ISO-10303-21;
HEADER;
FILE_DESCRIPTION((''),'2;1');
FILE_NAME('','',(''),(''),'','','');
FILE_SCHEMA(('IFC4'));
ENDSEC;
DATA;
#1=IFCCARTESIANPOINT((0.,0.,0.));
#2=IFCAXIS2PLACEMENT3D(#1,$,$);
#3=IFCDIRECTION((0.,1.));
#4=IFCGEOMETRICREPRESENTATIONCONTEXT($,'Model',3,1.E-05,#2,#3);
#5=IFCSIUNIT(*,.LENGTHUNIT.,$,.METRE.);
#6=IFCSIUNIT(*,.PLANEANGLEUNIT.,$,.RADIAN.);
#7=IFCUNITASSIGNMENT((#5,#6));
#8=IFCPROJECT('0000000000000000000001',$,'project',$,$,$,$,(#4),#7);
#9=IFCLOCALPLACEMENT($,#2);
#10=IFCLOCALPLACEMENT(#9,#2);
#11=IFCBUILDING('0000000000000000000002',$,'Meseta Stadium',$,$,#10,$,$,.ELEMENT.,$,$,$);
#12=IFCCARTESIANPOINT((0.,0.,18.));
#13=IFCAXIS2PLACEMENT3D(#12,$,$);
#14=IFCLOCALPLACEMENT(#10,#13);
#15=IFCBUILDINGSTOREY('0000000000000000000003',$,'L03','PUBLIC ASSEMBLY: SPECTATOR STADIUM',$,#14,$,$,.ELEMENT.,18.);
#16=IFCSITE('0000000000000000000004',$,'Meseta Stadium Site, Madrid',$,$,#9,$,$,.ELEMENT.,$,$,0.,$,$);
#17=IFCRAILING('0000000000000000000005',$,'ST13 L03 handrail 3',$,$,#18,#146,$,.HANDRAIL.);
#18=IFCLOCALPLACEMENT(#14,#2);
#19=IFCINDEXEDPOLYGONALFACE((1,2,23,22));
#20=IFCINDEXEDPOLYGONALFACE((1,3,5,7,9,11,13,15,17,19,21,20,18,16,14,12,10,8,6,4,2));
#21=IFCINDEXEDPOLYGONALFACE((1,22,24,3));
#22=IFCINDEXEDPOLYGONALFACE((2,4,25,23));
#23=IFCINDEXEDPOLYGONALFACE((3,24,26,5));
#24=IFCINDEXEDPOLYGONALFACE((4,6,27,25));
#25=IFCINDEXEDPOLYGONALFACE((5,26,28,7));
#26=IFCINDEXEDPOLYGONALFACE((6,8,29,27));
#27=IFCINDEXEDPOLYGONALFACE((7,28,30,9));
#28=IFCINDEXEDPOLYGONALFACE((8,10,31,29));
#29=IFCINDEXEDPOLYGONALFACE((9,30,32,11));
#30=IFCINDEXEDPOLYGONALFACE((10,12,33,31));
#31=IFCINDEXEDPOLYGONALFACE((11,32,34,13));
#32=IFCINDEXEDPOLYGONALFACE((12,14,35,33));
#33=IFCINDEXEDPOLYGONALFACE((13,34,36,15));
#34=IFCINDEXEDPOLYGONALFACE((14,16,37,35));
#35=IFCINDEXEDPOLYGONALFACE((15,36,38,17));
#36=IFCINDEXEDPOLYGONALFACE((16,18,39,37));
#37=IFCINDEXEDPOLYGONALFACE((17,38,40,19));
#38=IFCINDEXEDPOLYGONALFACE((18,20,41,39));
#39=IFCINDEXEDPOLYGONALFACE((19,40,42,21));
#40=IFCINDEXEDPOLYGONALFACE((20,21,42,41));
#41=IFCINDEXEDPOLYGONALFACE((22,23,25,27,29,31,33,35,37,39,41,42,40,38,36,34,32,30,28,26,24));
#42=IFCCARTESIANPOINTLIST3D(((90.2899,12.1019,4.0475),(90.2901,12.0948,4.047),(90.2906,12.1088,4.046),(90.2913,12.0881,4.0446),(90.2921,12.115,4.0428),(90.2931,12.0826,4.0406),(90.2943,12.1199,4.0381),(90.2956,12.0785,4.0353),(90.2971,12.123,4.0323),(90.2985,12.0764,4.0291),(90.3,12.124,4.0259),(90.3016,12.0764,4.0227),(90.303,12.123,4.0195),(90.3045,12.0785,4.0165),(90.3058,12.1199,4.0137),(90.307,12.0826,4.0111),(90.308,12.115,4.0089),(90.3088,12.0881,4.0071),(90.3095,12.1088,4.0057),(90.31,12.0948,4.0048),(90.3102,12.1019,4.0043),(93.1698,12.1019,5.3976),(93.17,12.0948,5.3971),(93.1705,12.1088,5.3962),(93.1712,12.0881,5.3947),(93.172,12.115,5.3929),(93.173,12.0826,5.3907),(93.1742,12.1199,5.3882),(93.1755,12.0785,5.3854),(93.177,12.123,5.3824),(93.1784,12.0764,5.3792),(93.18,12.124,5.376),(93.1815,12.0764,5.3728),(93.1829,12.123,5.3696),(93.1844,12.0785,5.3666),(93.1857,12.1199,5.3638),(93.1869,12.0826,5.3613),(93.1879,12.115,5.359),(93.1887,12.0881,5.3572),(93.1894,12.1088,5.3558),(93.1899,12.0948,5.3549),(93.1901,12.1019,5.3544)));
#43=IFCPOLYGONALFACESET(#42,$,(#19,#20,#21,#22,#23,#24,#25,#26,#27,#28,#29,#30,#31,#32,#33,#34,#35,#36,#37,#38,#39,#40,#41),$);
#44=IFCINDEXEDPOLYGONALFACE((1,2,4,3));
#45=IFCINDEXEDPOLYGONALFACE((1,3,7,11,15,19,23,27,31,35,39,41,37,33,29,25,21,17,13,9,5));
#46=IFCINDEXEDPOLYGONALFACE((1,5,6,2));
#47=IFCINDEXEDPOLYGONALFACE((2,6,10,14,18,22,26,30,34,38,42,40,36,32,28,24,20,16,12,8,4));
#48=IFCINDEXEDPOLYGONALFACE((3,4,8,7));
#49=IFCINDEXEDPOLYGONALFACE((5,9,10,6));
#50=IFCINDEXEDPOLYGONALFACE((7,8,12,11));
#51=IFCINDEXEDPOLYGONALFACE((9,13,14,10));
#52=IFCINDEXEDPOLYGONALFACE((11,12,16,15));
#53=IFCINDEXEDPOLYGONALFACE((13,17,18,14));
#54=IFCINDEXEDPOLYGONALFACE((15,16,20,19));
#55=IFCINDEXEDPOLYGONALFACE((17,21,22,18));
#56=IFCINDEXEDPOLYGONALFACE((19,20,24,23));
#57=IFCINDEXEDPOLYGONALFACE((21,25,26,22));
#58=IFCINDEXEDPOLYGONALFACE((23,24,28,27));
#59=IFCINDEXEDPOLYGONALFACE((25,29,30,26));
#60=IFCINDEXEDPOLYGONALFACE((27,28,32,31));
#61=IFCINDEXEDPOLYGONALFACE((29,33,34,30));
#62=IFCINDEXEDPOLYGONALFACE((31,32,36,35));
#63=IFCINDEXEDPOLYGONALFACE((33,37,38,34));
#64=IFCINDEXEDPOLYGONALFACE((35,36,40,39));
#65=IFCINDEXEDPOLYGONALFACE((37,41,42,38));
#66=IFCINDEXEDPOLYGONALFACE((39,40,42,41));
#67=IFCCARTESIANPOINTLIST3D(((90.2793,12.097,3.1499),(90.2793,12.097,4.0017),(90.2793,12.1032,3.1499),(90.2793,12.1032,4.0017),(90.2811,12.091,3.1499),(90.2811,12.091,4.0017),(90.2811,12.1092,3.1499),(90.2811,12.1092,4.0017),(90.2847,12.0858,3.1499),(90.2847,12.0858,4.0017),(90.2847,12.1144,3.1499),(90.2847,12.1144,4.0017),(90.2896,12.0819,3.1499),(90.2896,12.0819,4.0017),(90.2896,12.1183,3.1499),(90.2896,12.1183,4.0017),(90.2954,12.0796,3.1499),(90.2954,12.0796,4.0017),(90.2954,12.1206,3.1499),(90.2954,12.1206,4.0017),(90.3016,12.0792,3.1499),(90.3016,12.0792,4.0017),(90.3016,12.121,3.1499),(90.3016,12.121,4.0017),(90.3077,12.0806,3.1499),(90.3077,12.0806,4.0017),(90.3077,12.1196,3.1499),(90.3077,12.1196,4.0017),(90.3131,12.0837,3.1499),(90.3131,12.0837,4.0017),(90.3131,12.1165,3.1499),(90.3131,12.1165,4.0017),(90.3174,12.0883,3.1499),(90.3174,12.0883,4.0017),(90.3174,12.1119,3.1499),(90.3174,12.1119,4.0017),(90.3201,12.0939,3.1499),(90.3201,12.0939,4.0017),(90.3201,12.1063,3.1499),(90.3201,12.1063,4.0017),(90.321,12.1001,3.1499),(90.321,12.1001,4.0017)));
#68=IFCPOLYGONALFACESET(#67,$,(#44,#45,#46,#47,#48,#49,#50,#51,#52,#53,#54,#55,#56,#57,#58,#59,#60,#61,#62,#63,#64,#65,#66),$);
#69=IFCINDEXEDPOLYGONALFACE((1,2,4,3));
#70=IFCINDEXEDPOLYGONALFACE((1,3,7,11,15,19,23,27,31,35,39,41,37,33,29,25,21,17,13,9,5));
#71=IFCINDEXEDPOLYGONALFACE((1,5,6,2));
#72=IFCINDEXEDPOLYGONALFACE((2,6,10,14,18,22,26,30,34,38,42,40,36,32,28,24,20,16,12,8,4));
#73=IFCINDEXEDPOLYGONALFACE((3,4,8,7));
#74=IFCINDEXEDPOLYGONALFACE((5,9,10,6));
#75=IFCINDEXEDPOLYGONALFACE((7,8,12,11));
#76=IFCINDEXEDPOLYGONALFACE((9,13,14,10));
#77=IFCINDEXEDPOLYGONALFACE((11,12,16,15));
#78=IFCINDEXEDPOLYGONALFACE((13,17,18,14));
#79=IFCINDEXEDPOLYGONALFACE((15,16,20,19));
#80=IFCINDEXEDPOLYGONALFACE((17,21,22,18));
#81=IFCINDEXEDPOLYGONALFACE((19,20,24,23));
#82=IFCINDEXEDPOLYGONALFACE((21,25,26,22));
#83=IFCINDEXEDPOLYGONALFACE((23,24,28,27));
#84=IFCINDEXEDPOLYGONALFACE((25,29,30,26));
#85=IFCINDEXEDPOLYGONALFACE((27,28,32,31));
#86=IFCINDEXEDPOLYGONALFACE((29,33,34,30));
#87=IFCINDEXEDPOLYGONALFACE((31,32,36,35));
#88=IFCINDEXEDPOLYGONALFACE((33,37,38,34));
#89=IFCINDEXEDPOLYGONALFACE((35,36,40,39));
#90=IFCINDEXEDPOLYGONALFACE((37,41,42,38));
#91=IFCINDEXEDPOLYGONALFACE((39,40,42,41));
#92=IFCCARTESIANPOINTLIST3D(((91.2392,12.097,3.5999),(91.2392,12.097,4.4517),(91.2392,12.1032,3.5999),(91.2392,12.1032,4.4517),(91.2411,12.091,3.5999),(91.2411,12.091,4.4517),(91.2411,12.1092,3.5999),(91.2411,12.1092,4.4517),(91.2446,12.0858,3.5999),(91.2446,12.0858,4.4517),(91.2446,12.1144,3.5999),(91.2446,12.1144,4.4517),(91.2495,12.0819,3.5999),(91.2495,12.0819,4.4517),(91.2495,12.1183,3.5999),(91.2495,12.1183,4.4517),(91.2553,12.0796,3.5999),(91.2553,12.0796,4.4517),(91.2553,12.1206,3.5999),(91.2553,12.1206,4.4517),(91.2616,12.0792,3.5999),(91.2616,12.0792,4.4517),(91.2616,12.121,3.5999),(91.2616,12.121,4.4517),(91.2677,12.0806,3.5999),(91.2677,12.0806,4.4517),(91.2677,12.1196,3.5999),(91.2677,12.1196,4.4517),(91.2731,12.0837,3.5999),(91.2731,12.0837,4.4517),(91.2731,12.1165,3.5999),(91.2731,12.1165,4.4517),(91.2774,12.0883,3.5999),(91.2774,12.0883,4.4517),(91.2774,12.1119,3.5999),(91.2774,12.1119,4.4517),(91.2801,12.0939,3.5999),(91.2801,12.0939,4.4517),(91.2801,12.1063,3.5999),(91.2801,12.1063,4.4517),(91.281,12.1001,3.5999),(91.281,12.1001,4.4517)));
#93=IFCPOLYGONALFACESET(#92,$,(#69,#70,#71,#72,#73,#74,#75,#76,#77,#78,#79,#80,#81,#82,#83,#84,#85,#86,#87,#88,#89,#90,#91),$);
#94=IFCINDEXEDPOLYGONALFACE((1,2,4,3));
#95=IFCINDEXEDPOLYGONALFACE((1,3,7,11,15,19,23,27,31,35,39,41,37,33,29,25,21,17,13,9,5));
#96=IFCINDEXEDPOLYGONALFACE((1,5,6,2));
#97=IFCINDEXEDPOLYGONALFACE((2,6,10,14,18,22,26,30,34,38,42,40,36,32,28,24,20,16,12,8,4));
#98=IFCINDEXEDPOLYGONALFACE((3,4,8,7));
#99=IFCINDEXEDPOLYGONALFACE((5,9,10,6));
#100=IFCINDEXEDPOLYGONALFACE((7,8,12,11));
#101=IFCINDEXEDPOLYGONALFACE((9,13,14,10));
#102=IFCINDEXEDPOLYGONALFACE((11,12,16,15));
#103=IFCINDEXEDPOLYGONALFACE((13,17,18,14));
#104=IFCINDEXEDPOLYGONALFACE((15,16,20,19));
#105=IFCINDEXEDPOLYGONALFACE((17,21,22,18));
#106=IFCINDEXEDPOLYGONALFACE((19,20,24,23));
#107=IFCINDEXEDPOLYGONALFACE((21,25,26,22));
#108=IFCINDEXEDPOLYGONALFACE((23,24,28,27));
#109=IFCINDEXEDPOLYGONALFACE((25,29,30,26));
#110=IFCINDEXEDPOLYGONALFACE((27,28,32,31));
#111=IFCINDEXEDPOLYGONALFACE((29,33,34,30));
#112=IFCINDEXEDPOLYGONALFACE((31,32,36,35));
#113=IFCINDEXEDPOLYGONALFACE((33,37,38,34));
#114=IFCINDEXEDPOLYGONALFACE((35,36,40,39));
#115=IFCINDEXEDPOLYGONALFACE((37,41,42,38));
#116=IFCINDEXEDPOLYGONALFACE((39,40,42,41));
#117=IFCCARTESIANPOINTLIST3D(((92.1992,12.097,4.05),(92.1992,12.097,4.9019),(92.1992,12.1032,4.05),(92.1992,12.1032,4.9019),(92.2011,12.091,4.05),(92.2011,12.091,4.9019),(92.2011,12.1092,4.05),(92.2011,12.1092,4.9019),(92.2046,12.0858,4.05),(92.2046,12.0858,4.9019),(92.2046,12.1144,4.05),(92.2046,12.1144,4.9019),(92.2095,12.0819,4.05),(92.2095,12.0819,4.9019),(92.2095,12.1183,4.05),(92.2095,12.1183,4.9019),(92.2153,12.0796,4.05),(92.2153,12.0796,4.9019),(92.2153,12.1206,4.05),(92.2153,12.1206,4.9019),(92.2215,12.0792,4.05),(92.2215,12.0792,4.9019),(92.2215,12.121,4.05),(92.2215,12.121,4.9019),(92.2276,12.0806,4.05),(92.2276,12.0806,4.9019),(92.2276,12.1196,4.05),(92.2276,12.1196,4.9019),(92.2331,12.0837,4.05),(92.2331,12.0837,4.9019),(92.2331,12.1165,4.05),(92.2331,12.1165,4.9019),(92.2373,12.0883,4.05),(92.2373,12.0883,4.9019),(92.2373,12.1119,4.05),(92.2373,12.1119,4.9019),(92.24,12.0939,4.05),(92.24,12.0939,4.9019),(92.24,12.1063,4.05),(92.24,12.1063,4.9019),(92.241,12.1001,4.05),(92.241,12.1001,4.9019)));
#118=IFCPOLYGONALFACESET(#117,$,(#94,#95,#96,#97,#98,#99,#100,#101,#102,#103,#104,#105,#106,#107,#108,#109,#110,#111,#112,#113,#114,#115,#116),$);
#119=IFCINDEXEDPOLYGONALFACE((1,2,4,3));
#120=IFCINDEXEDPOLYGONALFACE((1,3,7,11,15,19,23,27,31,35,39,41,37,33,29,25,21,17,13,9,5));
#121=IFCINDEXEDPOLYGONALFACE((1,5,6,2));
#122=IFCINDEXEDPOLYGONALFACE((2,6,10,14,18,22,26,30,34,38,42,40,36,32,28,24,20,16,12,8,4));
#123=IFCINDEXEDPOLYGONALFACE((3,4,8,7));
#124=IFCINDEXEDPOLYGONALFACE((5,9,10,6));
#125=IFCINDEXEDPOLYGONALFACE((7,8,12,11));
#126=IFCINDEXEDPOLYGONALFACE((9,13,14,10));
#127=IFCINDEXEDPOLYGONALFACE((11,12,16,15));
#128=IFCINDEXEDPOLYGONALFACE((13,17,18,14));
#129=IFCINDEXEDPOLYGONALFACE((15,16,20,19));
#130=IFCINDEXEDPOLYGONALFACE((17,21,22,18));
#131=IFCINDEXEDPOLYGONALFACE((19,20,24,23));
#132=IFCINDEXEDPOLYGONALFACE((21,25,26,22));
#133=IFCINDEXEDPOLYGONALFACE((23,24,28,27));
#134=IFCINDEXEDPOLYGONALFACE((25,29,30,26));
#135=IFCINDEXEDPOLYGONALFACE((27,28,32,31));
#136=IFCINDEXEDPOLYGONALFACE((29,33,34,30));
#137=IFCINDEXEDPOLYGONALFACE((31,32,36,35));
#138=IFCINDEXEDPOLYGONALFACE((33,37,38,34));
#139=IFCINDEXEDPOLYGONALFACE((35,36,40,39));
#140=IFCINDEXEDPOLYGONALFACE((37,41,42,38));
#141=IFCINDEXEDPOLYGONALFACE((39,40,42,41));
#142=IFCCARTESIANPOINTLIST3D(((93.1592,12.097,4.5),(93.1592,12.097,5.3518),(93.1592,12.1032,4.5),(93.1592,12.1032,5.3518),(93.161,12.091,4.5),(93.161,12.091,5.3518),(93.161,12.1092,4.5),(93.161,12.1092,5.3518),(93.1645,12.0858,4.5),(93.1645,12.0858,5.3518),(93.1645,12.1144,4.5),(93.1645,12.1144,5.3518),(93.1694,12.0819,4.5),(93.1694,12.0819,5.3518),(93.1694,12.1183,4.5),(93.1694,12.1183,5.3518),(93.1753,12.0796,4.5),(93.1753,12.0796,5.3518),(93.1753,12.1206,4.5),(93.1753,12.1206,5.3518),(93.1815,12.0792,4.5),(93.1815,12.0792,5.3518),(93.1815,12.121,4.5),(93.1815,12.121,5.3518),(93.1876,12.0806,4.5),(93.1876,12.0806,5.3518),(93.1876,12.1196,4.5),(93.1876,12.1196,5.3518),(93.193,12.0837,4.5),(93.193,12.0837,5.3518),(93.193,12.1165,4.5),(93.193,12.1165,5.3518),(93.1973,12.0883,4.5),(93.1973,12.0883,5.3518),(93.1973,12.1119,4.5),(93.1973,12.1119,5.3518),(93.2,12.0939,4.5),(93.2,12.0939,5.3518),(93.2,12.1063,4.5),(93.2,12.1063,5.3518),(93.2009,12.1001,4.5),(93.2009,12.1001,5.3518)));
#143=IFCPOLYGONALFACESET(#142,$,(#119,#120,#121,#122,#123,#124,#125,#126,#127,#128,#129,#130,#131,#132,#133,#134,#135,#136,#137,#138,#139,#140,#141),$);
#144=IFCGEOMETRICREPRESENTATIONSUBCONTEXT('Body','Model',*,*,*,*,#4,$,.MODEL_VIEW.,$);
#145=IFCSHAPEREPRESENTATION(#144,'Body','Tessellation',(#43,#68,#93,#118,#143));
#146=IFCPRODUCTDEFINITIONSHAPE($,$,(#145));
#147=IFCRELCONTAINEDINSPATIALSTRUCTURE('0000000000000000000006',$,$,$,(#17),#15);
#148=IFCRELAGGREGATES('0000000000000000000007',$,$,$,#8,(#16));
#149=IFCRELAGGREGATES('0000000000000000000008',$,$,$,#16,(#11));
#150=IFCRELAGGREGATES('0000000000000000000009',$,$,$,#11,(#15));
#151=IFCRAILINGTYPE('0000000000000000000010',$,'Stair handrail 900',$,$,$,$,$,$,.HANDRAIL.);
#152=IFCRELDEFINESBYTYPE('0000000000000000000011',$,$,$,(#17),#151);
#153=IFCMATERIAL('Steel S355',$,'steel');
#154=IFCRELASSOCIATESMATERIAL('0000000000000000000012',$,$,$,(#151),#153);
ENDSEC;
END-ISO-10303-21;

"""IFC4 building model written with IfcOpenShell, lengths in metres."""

from ifc_helpers import new_model, si_unit, direction, frame, origin, origin_2d, place, context, subcontext, project, spatial, circle, extrude, material, type_object, element, save


model = new_model("IFC4")

# Units and contexts
model_context = context("Model", 3, precision=1e-05, world=origin(), true_north=direction((0.0, 1.0)))
body_context = subcontext(model_context, "Body", "Model", "MODEL_VIEW")
ifc_project = project(units=[si_unit("LENGTHUNIT", "METRE"), si_unit("PLANEANGLEUNIT", "RADIAN")], contexts=[model_context])

# Site, building, storey
site_placement = place(None, origin())
site = spatial("IfcSite", under=ifc_project, at=site_placement, Name="Meseta Stadium Site, Madrid", CompositionType="ELEMENT", RefElevation=0.0)
building_placement = place(site_placement, origin())
building = spatial("IfcBuilding", under=site, at=building_placement, Name="Meseta Stadium", CompositionType="ELEMENT")
storey_placement = place(building_placement, frame((0.0, 0.0, 18.0)))
storey = spatial("IfcBuildingStorey", under=building, at=storey_placement, Name="L03", Description="PUBLIC ASSEMBLY: SPECTATOR STADIUM", CompositionType="ELEMENT", Elevation=18.0)

# Railing
ifc_material_1 = material(Name="Steel S355", Category="steel")
railing_type_1 = type_object("IfcRailingType", Name="Stair handrail 900", PredefinedType="HANDRAIL", material=ifc_material_1)
for number, where, name in (
    (1, (90.3, 12.1001, 3.1499), "ST13 L03 handrail 3"),
):
    element("IfcRailing", number, at=place(storey_placement, frame(where)), inside=storey, type_object=railing_type_1, Name=name, PredefinedType="HANDRAIL", context=body_context, shape_type="SweptSolid", body=[
        extrude(circle(Radius=0.0239, at=origin_2d()), frame((0.0, 0.0, 0.876), z_axis=(0.90544, 0.0, 0.424473), x_axis=(0.0, 1.0, 0.0)), (0.0, 0.0, 1.0), 3.1807),
        extrude(circle(Radius=0.021, at=origin_2d()), origin(), (0.0, 0.0, 1.0), 0.8518),
        extrude(circle(Radius=0.021, at=origin_2d()), frame((0.96, 0.0, 0.45)), (0.0, 0.0, 1.0), 0.8518),
        extrude(circle(Radius=0.021, at=origin_2d()), frame((1.9199, 0.0, 0.9001)), (0.0, 0.0, 1.0), 0.8518),
        extrude(circle(Radius=0.021, at=origin_2d()), frame((2.8799, 0.0, 1.3501)), (0.0, 0.0, 1.0), 0.8518),
    ])

save(model, "model.ifc")
